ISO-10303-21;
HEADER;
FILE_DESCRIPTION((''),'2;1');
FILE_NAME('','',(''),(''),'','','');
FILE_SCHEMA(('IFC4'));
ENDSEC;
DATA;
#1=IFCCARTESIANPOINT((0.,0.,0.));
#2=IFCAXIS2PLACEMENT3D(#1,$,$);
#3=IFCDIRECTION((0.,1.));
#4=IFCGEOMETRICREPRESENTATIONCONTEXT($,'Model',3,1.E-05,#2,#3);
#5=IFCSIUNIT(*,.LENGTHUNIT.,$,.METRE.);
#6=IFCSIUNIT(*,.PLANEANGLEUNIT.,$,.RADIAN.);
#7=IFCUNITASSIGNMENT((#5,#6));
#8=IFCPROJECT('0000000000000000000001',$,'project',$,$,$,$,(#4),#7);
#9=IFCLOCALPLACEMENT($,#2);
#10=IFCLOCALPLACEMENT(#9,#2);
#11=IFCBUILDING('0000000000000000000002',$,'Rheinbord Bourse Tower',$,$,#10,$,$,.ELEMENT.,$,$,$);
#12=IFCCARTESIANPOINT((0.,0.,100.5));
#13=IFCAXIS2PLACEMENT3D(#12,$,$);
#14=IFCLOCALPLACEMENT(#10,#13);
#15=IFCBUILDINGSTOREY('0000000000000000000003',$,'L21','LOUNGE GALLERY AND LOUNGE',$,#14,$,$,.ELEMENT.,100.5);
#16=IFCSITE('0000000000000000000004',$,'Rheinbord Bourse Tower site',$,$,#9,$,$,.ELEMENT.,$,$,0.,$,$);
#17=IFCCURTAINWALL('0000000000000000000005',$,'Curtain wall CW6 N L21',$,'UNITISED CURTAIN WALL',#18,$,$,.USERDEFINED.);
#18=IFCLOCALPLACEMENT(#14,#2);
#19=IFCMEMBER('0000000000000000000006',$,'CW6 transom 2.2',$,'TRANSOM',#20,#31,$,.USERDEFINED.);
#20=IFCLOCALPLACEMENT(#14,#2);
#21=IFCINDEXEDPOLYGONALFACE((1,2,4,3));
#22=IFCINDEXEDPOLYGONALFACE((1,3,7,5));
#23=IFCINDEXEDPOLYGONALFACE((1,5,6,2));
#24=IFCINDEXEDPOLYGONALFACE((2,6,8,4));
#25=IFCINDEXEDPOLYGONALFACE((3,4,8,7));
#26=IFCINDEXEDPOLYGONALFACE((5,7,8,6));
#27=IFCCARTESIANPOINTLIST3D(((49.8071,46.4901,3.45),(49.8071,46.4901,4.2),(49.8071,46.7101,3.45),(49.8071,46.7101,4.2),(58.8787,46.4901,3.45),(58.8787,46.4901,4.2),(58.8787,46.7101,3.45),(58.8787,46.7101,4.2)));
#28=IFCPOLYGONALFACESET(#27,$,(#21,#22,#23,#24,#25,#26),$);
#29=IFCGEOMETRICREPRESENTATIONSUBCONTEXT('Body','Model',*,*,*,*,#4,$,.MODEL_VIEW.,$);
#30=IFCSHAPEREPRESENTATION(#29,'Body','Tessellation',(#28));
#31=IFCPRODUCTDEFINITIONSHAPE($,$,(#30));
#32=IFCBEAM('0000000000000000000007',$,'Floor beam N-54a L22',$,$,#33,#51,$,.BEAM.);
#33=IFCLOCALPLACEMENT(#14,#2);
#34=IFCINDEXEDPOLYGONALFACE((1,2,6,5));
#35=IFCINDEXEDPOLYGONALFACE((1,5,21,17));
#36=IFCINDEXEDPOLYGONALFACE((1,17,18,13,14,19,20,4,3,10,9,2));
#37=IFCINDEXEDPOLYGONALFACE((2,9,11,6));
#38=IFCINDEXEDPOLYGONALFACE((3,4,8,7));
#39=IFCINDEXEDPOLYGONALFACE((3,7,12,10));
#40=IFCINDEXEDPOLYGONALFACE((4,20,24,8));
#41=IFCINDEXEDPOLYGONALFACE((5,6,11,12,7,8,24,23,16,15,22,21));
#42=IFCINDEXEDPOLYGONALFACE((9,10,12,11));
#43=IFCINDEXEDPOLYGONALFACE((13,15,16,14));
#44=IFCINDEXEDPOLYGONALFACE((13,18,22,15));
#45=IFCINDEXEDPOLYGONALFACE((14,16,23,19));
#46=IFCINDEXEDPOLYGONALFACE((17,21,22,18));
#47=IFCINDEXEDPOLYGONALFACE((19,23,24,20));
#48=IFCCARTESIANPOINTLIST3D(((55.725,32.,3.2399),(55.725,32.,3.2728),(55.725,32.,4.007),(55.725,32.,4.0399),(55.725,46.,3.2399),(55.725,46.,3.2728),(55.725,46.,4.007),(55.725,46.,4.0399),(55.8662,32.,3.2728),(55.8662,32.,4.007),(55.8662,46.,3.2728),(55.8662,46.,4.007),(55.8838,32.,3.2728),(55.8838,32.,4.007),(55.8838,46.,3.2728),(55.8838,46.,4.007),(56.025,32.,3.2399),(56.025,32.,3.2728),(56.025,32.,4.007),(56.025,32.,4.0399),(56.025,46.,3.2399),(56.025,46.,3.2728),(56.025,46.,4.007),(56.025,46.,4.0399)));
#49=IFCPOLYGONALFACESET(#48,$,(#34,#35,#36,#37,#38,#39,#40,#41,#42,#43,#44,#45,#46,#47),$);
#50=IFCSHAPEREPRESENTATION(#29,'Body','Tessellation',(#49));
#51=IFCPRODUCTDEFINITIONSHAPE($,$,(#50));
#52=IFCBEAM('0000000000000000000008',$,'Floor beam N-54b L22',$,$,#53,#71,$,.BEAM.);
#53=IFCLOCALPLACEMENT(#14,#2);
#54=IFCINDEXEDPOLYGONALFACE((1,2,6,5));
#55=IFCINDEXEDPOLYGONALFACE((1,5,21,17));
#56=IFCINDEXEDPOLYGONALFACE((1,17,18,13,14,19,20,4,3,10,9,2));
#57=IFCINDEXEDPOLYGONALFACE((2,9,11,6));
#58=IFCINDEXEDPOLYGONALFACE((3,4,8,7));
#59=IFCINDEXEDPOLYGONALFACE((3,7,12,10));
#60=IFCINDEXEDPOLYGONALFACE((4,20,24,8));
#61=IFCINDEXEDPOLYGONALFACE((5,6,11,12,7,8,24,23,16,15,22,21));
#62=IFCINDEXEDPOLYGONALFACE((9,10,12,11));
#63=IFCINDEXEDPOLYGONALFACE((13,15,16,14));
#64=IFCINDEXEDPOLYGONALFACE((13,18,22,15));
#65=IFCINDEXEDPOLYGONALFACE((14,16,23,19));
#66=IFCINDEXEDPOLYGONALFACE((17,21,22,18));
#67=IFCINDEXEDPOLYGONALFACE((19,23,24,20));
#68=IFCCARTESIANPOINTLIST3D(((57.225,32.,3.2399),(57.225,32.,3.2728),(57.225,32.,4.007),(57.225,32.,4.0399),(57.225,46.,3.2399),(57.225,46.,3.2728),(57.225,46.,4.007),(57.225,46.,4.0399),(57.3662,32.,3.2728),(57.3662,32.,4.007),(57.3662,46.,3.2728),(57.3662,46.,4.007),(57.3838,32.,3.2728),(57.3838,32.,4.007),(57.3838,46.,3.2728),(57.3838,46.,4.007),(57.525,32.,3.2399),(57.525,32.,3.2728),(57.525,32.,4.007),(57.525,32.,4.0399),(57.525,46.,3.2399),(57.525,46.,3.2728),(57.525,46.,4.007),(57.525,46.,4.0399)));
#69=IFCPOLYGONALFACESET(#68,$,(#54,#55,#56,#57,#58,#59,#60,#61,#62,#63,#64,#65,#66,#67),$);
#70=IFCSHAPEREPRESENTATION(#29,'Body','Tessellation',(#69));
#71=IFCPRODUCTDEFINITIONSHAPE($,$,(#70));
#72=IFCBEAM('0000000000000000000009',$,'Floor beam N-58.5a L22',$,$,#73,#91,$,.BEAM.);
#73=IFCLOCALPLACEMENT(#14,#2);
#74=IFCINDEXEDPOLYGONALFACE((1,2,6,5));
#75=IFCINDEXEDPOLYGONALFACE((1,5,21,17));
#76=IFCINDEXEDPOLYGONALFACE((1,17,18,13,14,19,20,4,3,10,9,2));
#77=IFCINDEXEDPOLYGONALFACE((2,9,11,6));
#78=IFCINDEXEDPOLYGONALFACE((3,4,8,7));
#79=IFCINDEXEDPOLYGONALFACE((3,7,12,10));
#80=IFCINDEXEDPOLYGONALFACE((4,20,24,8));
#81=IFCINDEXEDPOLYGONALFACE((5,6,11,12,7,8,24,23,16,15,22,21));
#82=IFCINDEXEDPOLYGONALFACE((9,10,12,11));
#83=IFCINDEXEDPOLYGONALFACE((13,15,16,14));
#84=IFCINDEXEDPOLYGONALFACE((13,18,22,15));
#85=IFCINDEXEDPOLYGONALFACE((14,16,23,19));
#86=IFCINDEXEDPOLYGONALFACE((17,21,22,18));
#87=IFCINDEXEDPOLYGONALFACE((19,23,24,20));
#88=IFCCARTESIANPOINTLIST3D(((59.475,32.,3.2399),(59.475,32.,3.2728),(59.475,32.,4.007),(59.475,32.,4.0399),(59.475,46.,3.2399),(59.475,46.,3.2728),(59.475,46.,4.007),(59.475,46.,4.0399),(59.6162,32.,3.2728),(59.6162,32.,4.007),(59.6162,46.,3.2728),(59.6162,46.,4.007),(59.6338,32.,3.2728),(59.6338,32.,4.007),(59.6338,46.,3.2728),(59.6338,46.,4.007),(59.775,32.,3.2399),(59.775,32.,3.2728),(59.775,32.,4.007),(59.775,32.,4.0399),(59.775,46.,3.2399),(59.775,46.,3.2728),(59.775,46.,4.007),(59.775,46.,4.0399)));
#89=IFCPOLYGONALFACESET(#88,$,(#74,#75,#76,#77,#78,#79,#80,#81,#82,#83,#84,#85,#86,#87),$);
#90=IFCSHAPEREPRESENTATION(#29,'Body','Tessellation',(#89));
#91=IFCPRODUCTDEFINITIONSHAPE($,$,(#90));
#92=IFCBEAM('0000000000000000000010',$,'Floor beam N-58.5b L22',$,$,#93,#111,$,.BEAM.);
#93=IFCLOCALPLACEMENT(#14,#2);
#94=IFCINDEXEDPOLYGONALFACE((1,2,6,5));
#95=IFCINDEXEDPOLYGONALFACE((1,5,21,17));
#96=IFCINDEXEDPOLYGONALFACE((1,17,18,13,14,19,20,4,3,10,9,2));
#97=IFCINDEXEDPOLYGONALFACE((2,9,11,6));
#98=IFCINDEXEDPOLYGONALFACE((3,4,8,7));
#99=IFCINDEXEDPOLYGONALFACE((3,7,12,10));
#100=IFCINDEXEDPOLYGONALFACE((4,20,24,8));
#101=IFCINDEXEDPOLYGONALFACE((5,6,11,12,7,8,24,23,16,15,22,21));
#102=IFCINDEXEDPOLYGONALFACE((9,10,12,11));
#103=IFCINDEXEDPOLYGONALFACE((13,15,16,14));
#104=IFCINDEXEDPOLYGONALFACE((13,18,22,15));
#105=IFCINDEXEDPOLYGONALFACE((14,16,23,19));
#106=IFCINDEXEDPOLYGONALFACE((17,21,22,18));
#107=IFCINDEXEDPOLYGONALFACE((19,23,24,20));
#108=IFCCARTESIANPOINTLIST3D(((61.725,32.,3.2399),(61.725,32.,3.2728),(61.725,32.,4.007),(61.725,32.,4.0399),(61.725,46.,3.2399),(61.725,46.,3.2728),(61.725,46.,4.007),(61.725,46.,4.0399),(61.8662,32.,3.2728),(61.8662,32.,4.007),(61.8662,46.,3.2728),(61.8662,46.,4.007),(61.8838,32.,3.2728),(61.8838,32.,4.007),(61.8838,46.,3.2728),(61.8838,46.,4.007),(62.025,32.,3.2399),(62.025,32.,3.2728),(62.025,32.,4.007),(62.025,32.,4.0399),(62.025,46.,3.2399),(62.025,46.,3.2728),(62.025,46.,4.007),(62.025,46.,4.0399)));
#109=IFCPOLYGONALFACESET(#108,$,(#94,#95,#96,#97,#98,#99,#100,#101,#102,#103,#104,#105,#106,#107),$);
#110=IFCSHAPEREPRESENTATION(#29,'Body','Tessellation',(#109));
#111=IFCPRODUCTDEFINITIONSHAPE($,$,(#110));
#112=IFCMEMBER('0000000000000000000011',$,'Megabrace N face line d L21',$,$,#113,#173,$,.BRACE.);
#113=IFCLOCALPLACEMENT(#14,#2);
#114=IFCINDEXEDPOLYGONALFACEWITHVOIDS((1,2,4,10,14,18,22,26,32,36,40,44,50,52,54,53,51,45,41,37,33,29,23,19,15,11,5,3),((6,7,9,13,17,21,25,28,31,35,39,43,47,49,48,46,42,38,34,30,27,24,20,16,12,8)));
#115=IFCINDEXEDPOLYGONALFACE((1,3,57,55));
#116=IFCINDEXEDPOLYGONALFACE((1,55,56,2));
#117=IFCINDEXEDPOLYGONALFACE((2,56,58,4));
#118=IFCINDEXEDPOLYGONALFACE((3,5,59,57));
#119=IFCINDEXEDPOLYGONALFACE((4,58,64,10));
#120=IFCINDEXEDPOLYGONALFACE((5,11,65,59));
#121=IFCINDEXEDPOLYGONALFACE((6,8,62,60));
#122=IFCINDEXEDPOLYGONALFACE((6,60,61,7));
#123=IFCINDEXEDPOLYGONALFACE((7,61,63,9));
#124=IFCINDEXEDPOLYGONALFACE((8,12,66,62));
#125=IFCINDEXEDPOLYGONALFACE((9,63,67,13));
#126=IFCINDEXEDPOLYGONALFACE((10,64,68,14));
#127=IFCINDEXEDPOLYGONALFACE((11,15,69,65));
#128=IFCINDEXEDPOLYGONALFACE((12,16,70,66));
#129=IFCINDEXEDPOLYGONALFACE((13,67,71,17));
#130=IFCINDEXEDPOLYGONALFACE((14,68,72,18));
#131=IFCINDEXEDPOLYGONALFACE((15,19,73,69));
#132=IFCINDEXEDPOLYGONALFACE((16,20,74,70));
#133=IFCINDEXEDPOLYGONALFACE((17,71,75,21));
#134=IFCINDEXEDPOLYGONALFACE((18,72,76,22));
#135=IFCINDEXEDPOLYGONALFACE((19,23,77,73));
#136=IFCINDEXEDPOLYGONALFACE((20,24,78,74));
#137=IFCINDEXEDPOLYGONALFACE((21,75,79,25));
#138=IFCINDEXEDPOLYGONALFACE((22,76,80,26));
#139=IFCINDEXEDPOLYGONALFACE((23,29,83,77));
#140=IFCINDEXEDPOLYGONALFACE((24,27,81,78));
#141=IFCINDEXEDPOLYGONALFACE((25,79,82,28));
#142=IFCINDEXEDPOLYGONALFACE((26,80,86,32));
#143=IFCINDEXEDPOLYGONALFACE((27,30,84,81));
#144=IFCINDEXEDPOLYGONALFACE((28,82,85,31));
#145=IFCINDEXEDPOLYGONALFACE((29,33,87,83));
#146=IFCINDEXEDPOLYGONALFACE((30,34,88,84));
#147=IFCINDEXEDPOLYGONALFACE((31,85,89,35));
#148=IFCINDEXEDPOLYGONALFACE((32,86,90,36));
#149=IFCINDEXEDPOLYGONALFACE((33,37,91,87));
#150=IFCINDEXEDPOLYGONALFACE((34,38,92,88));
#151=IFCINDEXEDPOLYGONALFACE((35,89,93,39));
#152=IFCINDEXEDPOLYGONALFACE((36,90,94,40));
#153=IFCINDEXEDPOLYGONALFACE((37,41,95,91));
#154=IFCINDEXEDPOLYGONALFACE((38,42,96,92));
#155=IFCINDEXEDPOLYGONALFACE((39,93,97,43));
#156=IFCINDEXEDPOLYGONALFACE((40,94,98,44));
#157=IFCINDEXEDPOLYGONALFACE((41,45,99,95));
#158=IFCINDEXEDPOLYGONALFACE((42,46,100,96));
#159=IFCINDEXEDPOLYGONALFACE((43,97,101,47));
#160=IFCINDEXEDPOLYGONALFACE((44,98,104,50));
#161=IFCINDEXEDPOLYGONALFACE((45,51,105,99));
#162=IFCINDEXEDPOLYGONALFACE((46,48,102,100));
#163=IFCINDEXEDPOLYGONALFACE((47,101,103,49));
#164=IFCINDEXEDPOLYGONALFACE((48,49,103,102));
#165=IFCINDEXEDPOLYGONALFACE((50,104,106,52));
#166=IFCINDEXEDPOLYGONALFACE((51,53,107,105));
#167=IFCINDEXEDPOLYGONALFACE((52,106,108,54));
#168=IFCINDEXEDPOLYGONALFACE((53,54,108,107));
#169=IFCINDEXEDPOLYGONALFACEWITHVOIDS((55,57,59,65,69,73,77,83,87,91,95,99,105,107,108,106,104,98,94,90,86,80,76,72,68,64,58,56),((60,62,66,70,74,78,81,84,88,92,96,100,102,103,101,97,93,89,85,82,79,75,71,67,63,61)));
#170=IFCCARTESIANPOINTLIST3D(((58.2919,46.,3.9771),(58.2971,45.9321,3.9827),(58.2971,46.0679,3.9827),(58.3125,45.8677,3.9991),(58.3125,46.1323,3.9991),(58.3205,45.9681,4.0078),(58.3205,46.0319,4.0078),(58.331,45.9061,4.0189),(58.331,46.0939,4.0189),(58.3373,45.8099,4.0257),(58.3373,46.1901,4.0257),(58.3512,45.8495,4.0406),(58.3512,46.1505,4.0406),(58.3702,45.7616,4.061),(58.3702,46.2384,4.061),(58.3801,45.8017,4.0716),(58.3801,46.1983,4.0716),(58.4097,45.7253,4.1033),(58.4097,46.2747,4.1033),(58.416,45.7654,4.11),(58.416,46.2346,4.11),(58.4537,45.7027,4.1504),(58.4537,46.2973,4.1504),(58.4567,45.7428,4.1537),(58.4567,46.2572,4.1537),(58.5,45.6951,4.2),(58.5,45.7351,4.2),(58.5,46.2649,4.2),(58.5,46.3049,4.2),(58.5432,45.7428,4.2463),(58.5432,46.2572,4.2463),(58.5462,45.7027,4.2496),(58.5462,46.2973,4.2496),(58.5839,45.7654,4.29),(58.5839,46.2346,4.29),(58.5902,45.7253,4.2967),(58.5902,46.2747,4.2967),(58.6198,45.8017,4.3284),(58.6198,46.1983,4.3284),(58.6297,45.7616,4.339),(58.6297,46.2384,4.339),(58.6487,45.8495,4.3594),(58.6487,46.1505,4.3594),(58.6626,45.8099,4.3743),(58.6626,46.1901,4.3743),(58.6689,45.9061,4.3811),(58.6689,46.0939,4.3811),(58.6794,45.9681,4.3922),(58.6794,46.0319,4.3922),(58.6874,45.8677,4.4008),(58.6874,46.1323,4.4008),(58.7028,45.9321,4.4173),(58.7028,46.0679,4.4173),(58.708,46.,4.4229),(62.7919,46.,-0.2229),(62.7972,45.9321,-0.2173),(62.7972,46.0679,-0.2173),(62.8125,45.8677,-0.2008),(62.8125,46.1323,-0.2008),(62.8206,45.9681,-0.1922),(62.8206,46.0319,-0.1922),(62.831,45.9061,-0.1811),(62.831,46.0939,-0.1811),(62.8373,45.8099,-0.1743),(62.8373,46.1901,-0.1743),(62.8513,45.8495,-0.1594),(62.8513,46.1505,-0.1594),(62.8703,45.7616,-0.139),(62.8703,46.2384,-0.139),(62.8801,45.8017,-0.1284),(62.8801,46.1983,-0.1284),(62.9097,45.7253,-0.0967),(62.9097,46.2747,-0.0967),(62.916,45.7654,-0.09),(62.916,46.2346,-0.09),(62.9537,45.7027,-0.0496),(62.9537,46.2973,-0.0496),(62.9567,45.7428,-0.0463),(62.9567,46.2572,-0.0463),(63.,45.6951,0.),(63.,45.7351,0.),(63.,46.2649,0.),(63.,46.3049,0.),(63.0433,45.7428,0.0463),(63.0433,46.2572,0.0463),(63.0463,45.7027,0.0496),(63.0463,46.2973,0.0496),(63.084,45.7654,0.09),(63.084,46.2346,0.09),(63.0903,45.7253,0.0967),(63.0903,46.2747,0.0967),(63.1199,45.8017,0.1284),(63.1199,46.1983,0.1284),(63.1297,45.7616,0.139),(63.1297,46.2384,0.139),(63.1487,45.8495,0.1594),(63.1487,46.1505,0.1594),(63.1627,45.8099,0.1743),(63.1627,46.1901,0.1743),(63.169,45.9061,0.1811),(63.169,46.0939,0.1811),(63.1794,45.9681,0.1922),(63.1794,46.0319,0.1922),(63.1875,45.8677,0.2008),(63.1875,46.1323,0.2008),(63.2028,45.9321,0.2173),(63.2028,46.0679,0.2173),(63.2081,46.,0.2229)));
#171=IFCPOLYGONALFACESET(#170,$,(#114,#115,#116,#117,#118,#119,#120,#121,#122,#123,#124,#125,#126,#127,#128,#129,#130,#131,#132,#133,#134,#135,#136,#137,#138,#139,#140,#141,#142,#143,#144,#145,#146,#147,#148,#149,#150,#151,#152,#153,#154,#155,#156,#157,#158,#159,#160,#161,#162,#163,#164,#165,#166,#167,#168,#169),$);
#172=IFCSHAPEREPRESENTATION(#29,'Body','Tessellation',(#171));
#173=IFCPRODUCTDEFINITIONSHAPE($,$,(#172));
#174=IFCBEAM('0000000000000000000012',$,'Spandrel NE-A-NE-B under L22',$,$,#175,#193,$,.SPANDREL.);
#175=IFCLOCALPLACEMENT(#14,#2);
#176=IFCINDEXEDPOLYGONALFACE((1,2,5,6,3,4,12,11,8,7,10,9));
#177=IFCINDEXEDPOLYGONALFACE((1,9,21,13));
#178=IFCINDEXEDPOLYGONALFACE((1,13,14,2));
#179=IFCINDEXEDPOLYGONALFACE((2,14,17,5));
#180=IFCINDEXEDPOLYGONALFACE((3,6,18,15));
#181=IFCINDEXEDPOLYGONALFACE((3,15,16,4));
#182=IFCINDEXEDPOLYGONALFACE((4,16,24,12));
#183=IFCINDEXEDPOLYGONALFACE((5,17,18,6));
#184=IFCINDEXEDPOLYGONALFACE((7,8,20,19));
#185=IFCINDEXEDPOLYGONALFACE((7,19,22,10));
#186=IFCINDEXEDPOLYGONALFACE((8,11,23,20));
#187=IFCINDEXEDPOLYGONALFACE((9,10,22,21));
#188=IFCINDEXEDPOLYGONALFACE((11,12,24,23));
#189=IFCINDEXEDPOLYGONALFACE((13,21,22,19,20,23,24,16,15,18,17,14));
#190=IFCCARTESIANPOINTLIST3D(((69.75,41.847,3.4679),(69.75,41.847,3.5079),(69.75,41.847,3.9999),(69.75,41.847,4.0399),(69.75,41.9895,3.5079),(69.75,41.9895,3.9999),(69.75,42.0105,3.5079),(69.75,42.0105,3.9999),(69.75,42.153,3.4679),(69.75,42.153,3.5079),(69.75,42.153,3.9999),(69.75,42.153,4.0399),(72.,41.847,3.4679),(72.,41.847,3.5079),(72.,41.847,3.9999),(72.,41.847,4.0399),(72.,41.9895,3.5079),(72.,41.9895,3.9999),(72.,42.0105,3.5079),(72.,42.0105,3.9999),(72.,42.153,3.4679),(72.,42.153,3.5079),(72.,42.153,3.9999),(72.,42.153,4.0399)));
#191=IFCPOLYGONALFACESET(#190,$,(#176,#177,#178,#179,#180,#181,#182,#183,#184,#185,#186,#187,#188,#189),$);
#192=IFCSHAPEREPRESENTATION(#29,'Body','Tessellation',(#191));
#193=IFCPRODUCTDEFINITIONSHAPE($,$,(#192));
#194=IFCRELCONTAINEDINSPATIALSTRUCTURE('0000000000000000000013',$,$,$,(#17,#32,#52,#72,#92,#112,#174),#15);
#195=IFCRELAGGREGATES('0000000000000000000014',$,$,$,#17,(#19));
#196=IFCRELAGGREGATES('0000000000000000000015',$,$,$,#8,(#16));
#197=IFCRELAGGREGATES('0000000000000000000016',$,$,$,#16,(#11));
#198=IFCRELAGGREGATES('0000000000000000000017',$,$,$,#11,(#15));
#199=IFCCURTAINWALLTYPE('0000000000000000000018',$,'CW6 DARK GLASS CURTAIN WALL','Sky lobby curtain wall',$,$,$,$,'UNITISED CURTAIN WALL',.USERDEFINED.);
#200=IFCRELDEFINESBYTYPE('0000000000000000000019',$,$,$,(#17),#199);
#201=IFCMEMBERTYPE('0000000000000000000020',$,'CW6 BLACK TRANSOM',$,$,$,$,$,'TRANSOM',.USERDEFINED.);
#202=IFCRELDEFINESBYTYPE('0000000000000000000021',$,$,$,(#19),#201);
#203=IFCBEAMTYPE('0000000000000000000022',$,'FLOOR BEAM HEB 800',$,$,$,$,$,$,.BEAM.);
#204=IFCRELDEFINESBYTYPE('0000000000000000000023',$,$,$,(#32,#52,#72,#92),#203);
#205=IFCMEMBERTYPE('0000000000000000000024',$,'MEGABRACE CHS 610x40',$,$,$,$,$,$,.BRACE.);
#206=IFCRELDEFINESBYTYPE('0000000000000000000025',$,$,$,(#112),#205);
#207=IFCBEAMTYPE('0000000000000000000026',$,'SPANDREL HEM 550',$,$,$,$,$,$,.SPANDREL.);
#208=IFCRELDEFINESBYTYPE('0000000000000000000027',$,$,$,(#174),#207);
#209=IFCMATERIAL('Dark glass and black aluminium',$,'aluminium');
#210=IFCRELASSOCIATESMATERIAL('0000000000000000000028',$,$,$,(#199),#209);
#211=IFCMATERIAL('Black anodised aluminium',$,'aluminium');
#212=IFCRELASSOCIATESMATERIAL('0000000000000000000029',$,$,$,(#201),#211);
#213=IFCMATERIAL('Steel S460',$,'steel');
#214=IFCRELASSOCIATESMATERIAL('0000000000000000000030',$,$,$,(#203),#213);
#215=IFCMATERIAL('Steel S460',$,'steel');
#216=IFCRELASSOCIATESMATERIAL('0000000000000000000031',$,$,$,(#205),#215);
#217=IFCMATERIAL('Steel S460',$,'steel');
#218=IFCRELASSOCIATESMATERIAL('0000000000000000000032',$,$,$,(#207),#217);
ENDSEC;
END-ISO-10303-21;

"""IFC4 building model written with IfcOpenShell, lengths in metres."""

from ifc_helpers import new_model, si_unit, direction, frame, origin, origin_2d, place, context, subcontext, project, spatial, rectangle, hollow_circle, i_section, extrude, material, material_profile, profile_set, type_object, element, aggregate, save


model = new_model("IFC4")

# Units and contexts
model_context = context("Model", 3, precision=1e-05, world=origin(), true_north=direction((0.0, 1.0)))
body_context = subcontext(model_context, "Body", "Model", "MODEL_VIEW")
ifc_project = project(units=[si_unit("LENGTHUNIT", "METRE"), si_unit("PLANEANGLEUNIT", "RADIAN")], contexts=[model_context])

# Site, building, storey
site_placement = place(None, origin())
site = spatial("IfcSite", under=ifc_project, at=site_placement, Name="Rheinbord Bourse Tower site", CompositionType="ELEMENT", RefElevation=0.0)
building_placement = place(site_placement, origin())
building = spatial("IfcBuilding", under=site, at=building_placement, Name="Rheinbord Bourse Tower", CompositionType="ELEMENT")
storey_placement = place(building_placement, frame((0.0, 0.0, 100.5)))
storey = spatial("IfcBuildingStorey", under=building, at=storey_placement, Name="L21", Description="LOUNGE GALLERY AND LOUNGE", CompositionType="ELEMENT", Elevation=100.5)

# Curtain wall
ifc_material_1 = material(Name="Dark glass and black aluminium", Category="aluminium")
curtain_wall_type = type_object("IfcCurtainWallType", Name="CW6 DARK GLASS CURTAIN WALL", Description="Sky lobby curtain wall", ElementType="UNITISED CURTAIN WALL", PredefinedType="USERDEFINED", material=ifc_material_1)
curtain_wall_1_placement = place(storey_placement, origin())
curtain_wall_1 = element("IfcCurtainWall", 1, at=curtain_wall_1_placement, inside=storey, type_object=curtain_wall_type, Name="Curtain wall CW6 N L21", ObjectType="UNITISED CURTAIN WALL", PredefinedType="USERDEFINED")

# Member
ifc_material_2 = material(Name="Black anodised aluminium", Category="aluminium")
ifc_material_profile_1 = material_profile(ifc_material_2, rectangle(XDim=0.22, YDim=0.75, at=origin_2d()), Name="CW6 TRANSOM 750x220")
ifc_profile_set_1 = profile_set([ifc_material_profile_1], Name="Black anodised aluminium")
member_type_1 = type_object("IfcMemberType", Name="CW6 BLACK TRANSOM", ElementType="TRANSOM", PredefinedType="USERDEFINED", material=ifc_profile_set_1)
member_1_placement = place(storey_placement, frame((58.8787, 46.6001, 3.825), z_axis=(-1.0, 0.0, 0.0), x_axis=(0.0, -1.0, 0.0)))
member_1 = element("IfcMember", 2, at=member_1_placement, type_object=member_type_1, Name="CW6 transom 2.2", ObjectType="TRANSOM", PredefinedType="USERDEFINED", context=body_context, shape_type="SweptSolid", body=[
    extrude(rectangle(XDim=0.22, YDim=0.75, at=origin_2d()), origin(), (0.0, 0.0, 1.0), 9.0715),
])

# Beams
ifc_material_3 = material(Name="Steel S460", Category="steel")
ifc_material_profile_2 = material_profile(ifc_material_3, i_section(OverallWidth=0.3, OverallDepth=0.8, WebThickness=0.0176, FlangeThickness=0.033, at=origin_2d()), Name="HEB 800")
ifc_profile_set_2 = profile_set([ifc_material_profile_2], Name="Steel S460")
beam_type_1 = type_object("IfcBeamType", Name="FLOOR BEAM HEB 800", PredefinedType="BEAM", material=ifc_profile_set_2)
for number, where, z_axis, x_axis, name in (
    (3, (55.875, 46.0, 3.6399), (0.0, -1.0, 0.0), (1.0, 0.0, 0.0), "Floor beam N-54a L22"),
    (4, (57.375, 46.0, 3.6399), (0.0, -1.0, 0.0), (1.0, 0.0, 0.0), "Floor beam N-54b L22"),
    (5, (59.625, 46.0, 3.6399), (0.0, -1.0, 0.0), (1.0, 0.0, 0.0), "Floor beam N-58.5a L22"),
    (6, (61.875, 46.0, 3.6399), (0.0, -1.0, 0.0), (1.0, 0.0, 0.0), "Floor beam N-58.5b L22"),
):
    element("IfcBeam", number, at=place(storey_placement, frame(where, z_axis=z_axis, x_axis=x_axis)), inside=storey, type_object=beam_type_1, Name=name, PredefinedType="BEAM", context=body_context, shape_type="SweptSolid", body=[
        extrude(i_section(OverallWidth=0.3, OverallDepth=0.8, WebThickness=0.0176, FlangeThickness=0.033, at=origin_2d()), origin(), (0.0, 0.0, 1.0), 14.0),
    ])

# Member
ifc_material_4 = material(Name="Steel S460", Category="steel")
ifc_material_profile_3 = material_profile(ifc_material_4, hollow_circle(Radius=0.3049, WallThickness=0.04, at=origin_2d()), Name="CHS 610x40")
ifc_profile_set_3 = profile_set([ifc_material_profile_3], Name="Steel S460")
member_type_2 = type_object("IfcMemberType", Name="MEGABRACE CHS 610x40", PredefinedType="BRACE", material=ifc_profile_set_3)
member_2_placement = place(storey_placement, frame((63.0, 46.0, 0.0), z_axis=(-0.731059, 0.0, 0.682314), x_axis=(0.0, -1.0, 0.0)))
element("IfcMember", 7, at=member_2_placement, inside=storey, type_object=member_type_2, Name="Megabrace N face line d L21", PredefinedType="BRACE", context=body_context, shape_type="SweptSolid", body=[
    extrude(hollow_circle(Radius=0.3049, WallThickness=0.04, at=origin_2d()), origin(), (0.0, 0.0, 1.0), 6.1555),
])

# Beam
ifc_material_5 = material(Name="Steel S460", Category="steel")
ifc_material_profile_4 = material_profile(ifc_material_5, i_section(OverallWidth=0.3059, OverallDepth=0.572, WebThickness=0.021, FlangeThickness=0.04, at=origin_2d()), Name="HEM 550")
ifc_profile_set_4 = profile_set([ifc_material_profile_4], Name="Steel S460")
beam_type_2 = type_object("IfcBeamType", Name="SPANDREL HEM 550", PredefinedType="SPANDREL", material=ifc_profile_set_4)
for number, where, z_axis, x_axis, name in (
    (8, (72.0, 42.0, 3.7539), (-1.0, 0.0, 0.0), (0.0, -1.0, 0.0), "Spandrel NE-A-NE-B under L22"),
):
    element("IfcBeam", number, at=place(storey_placement, frame(where, z_axis=z_axis, x_axis=x_axis)), inside=storey, type_object=beam_type_2, Name=name, PredefinedType="SPANDREL", context=body_context, shape_type="SweptSolid", body=[
        extrude(i_section(OverallWidth=0.3059, OverallDepth=0.572, WebThickness=0.021, FlangeThickness=0.04, at=origin_2d()), origin(), (0.0, 0.0, 1.0), 2.25),
    ])

aggregate(curtain_wall_1, [member_1])

save(model, "model.ifc")
